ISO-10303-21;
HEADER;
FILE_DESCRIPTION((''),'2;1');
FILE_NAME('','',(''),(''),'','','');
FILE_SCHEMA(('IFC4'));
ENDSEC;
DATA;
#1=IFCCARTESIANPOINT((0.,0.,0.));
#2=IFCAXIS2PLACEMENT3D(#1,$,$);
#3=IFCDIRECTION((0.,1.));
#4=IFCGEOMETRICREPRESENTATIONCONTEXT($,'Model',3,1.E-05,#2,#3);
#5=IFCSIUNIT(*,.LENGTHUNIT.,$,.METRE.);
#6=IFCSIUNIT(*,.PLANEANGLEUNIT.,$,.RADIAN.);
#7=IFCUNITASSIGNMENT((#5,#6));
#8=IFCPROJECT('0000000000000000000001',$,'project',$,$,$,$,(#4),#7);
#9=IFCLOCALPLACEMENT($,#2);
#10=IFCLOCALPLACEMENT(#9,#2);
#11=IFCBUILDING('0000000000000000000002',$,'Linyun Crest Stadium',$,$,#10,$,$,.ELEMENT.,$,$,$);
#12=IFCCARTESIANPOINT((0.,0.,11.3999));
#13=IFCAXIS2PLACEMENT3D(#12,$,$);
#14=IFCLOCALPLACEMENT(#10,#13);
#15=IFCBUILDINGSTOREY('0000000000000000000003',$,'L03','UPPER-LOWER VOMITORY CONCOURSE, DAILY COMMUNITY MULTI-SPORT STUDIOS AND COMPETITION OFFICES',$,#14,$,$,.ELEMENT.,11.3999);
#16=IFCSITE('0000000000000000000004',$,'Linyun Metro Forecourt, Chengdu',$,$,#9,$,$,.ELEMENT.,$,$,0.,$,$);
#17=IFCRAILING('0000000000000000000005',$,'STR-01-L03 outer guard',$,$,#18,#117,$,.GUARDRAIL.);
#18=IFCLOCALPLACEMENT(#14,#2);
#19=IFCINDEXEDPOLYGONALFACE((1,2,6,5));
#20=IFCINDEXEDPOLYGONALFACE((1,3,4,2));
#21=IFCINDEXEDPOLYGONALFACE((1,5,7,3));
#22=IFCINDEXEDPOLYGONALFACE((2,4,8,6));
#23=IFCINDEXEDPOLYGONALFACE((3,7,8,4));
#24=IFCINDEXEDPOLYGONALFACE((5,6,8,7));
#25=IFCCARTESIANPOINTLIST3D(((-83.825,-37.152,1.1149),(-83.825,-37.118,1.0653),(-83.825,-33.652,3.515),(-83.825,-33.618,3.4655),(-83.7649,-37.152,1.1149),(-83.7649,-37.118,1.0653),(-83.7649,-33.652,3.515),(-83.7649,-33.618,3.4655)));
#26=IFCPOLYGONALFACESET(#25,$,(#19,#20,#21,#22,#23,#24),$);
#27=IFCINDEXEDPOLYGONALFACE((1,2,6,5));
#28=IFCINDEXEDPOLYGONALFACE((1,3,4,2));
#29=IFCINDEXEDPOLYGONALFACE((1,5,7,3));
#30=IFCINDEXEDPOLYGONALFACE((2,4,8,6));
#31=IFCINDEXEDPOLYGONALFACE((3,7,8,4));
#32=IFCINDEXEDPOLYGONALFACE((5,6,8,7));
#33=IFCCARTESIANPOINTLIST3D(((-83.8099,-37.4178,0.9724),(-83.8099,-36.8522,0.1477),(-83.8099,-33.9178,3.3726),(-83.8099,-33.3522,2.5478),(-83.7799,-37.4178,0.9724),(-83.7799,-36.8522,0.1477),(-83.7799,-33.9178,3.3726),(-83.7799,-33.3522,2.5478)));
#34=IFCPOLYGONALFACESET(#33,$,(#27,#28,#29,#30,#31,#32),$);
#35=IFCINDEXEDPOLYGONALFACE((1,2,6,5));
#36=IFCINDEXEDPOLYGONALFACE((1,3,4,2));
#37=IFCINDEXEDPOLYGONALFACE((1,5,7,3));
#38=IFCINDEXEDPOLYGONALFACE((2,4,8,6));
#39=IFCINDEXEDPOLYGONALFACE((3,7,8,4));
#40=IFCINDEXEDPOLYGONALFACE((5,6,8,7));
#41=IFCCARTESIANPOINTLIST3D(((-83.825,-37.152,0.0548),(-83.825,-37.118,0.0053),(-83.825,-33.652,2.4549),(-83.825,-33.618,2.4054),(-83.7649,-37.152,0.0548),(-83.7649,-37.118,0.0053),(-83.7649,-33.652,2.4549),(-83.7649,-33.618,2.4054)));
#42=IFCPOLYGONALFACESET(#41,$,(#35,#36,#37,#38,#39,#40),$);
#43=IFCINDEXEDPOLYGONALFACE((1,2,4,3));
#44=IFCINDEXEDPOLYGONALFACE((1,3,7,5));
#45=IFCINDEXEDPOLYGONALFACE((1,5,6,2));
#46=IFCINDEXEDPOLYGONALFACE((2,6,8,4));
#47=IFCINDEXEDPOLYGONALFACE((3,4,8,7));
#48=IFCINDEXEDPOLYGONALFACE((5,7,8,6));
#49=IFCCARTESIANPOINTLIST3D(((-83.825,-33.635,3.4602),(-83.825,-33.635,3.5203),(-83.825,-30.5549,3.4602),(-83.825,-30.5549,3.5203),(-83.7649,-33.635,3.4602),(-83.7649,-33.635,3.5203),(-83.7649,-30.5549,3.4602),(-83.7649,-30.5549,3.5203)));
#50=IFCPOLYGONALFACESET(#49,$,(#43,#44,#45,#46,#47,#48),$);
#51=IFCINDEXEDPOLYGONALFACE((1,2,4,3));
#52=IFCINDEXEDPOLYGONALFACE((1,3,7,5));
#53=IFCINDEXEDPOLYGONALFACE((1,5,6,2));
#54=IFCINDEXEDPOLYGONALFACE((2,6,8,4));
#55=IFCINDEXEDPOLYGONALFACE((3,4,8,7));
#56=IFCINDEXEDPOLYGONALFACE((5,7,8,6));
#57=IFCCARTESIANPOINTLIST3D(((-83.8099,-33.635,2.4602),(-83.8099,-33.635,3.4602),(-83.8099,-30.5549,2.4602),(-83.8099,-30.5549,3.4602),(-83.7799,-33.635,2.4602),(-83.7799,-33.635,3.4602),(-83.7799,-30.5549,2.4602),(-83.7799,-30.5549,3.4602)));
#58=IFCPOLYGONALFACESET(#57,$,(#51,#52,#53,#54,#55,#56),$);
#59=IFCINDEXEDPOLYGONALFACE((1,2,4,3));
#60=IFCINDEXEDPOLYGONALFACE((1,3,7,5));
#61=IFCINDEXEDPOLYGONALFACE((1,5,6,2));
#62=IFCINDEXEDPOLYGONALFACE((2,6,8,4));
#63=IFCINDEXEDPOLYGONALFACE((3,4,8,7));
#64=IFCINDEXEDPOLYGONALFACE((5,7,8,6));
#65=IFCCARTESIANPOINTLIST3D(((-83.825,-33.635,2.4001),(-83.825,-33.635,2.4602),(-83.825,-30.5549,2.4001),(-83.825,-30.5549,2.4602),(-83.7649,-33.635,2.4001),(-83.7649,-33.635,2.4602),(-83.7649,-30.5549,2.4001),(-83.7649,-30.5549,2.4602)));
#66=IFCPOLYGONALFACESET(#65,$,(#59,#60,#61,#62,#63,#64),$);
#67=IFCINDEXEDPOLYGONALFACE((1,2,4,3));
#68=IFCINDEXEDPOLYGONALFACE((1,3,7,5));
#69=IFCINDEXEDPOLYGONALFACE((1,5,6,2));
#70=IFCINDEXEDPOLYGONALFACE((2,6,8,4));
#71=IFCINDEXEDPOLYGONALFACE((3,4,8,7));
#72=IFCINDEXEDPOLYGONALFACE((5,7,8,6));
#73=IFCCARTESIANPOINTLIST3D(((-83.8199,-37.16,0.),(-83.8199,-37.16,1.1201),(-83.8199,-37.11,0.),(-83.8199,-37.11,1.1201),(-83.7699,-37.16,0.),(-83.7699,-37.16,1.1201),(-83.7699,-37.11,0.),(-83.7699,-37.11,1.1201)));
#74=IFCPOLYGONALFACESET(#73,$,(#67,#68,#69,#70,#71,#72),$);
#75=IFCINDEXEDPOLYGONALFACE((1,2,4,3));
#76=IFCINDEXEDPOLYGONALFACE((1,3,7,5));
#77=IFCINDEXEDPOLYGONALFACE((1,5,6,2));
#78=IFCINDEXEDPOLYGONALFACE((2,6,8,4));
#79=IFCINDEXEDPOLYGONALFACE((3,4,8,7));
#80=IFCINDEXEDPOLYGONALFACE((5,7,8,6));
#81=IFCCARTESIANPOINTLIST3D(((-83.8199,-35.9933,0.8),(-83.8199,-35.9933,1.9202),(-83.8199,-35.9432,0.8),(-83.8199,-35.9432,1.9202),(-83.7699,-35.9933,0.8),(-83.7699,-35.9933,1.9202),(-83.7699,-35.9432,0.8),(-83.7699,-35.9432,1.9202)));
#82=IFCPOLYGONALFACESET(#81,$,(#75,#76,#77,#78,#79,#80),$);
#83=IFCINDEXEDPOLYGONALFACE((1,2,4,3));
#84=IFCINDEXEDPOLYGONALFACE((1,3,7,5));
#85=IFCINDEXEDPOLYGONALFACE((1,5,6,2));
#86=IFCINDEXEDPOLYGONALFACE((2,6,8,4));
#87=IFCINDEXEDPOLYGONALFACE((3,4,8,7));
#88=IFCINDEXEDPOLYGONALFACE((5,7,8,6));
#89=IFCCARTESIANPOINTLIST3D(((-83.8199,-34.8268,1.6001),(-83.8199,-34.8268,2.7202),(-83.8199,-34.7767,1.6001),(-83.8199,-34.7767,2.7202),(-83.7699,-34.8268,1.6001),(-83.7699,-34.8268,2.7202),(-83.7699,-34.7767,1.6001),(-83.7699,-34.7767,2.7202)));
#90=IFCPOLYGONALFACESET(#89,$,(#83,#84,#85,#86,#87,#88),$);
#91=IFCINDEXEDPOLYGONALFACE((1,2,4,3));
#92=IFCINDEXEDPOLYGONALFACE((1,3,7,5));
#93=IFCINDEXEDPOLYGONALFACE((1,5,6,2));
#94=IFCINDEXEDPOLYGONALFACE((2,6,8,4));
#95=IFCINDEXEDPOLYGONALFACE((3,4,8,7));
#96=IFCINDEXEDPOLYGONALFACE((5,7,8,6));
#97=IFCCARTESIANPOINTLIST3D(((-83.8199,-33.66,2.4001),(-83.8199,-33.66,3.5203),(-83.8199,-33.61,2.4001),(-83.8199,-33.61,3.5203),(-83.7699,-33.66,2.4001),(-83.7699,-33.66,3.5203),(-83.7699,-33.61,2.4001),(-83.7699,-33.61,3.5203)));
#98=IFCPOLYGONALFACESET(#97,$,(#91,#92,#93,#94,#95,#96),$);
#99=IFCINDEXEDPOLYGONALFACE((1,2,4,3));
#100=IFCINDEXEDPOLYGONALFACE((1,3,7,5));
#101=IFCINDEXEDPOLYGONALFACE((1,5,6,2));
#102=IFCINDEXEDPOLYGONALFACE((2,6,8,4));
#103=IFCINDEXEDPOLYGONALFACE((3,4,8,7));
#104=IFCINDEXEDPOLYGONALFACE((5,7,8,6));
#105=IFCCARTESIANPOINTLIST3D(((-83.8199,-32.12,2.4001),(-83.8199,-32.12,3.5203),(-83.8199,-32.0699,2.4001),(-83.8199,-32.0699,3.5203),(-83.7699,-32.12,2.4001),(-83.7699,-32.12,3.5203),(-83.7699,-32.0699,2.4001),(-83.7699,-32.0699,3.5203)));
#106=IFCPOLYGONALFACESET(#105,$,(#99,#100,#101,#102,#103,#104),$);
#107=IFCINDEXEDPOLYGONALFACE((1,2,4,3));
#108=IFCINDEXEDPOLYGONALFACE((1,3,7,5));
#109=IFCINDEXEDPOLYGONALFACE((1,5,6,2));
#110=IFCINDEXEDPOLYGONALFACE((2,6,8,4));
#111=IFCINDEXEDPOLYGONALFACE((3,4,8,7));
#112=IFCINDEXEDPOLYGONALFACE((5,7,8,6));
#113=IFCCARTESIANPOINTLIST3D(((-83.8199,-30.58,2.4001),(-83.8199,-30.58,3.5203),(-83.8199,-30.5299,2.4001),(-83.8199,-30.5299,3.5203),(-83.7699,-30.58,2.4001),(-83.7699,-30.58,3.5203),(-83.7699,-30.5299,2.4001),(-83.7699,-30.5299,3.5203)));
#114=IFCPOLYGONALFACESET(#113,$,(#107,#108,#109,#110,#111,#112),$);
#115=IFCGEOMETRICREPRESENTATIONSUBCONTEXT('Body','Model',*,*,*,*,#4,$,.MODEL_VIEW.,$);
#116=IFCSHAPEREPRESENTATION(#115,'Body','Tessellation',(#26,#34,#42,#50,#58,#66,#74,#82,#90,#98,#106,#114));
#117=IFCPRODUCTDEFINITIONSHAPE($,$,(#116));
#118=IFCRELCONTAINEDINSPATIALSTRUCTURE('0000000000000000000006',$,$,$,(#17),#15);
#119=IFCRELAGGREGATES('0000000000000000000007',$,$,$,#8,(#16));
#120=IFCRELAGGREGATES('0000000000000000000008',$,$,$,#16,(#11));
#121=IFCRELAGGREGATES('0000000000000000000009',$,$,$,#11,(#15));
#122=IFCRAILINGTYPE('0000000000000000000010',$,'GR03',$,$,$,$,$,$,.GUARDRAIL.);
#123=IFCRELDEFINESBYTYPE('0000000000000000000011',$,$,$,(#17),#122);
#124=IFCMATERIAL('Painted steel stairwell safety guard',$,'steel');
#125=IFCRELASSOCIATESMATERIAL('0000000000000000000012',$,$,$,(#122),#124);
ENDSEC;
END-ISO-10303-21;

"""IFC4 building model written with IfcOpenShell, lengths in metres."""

from ifc_helpers import new_model, si_unit, direction, frame, origin, origin_2d, place, context, subcontext, project, spatial, rectangle, extrude, material, type_object, element, save


model = new_model("IFC4")

# Units and contexts
model_context = context("Model", 3, precision=1e-05, world=origin(), true_north=direction((0.0, 1.0)))
body_context = subcontext(model_context, "Body", "Model", "MODEL_VIEW")
ifc_project = project(units=[si_unit("LENGTHUNIT", "METRE"), si_unit("PLANEANGLEUNIT", "RADIAN")], contexts=[model_context])

# Site, building, storey
site_placement = place(None, origin())
site = spatial("IfcSite", under=ifc_project, at=site_placement, Name="Linyun Metro Forecourt, Chengdu", CompositionType="ELEMENT", RefElevation=0.0)
building_placement = place(site_placement, origin())
building = spatial("IfcBuilding", under=site, at=building_placement, Name="Linyun Crest Stadium", CompositionType="ELEMENT")
storey_placement = place(building_placement, frame((0.0, 0.0, 11.3999)))
storey = spatial("IfcBuildingStorey", under=building, at=storey_placement, Name="L03", Description="UPPER-LOWER VOMITORY CONCOURSE, DAILY COMMUNITY MULTI-SPORT STUDIOS AND COMPETITION OFFICES", CompositionType="ELEMENT", Elevation=11.3999)

# Railing
ifc_material_1 = material(Name="Painted steel stairwell safety guard", Category="steel")
railing_type_1 = type_object("IfcRailingType", Name="GR03", PredefinedType="GUARDRAIL", material=ifc_material_1)
railing_1_placement = place(storey_placement, frame((-83.7949, -37.135, 0.0)))
element("IfcRailing", 1, at=railing_1_placement, inside=storey, type_object=railing_type_1, Name="STR-01-L03 outer guard", PredefinedType="GUARDRAIL", context=body_context, shape_type="SweptSolid", body=[
    extrude(rectangle(XDim=0.0601, YDim=0.0601, at=origin_2d()), frame((0.0, 0.0, 1.0901), z_axis=(0.0, 0.824713, 0.565552), x_axis=(-1.0, 0.0, 0.0)), (0.0, 0.0, 1.0), 4.2439),
    extrude(rectangle(XDim=0.03, YDim=1.0, at=origin_2d()), frame((0.0, 0.0, 0.5601), z_axis=(0.0, 0.824713, 0.565552), x_axis=(-1.0, 0.0, 0.0)), (0.0, 0.0, 1.0), 4.2439),
    extrude(rectangle(XDim=0.0601, YDim=0.0601, at=origin_2d()), frame((0.0, 0.0, 0.03), z_axis=(0.0, 0.824713, 0.565552), x_axis=(-1.0, 0.0, 0.0)), (0.0, 0.0, 1.0), 4.2439),
    extrude(rectangle(XDim=0.0601, YDim=0.0601, at=origin_2d()), frame((0.0, 3.5, 3.4902), z_axis=(0.0, 1.0, 0.0), x_axis=(-1.0, 0.0, 0.0)), (0.0, 0.0, 1.0), 3.0801),
    extrude(rectangle(XDim=0.03, YDim=1.0, at=origin_2d()), frame((0.0, 3.5, 2.9602), z_axis=(0.0, 1.0, 0.0), x_axis=(-1.0, 0.0, 0.0)), (0.0, 0.0, 1.0), 3.0801),
    extrude(rectangle(XDim=0.0601, YDim=0.0601, at=origin_2d()), frame((0.0, 3.5, 2.4302), z_axis=(0.0, 1.0, 0.0), x_axis=(-1.0, 0.0, 0.0)), (0.0, 0.0, 1.0), 3.0801),
    extrude(rectangle(XDim=0.05, YDim=0.05, at=origin_2d()), origin(), (0.0, 0.0, 1.0), 1.1201),
    extrude(rectangle(XDim=0.05, YDim=0.05, at=origin_2d()), frame((0.0, 1.1667, 0.8)), (0.0, 0.0, 1.0), 1.1201),
    extrude(rectangle(XDim=0.05, YDim=0.05, at=origin_2d()), frame((0.0, 2.3333, 1.6001)), (0.0, 0.0, 1.0), 1.1201),
    extrude(rectangle(XDim=0.05, YDim=0.05, at=origin_2d()), frame((0.0, 3.5, 2.4001)), (0.0, 0.0, 1.0), 1.1201),
    extrude(rectangle(XDim=0.05, YDim=0.05, at=origin_2d()), frame((0.0, 5.04, 2.4001)), (0.0, 0.0, 1.0), 1.1201),
    extrude(rectangle(XDim=0.05, YDim=0.05, at=origin_2d()), frame((0.0, 6.5801, 2.4001)), (0.0, 0.0, 1.0), 1.1201),
])

save(model, "model.ifc")
